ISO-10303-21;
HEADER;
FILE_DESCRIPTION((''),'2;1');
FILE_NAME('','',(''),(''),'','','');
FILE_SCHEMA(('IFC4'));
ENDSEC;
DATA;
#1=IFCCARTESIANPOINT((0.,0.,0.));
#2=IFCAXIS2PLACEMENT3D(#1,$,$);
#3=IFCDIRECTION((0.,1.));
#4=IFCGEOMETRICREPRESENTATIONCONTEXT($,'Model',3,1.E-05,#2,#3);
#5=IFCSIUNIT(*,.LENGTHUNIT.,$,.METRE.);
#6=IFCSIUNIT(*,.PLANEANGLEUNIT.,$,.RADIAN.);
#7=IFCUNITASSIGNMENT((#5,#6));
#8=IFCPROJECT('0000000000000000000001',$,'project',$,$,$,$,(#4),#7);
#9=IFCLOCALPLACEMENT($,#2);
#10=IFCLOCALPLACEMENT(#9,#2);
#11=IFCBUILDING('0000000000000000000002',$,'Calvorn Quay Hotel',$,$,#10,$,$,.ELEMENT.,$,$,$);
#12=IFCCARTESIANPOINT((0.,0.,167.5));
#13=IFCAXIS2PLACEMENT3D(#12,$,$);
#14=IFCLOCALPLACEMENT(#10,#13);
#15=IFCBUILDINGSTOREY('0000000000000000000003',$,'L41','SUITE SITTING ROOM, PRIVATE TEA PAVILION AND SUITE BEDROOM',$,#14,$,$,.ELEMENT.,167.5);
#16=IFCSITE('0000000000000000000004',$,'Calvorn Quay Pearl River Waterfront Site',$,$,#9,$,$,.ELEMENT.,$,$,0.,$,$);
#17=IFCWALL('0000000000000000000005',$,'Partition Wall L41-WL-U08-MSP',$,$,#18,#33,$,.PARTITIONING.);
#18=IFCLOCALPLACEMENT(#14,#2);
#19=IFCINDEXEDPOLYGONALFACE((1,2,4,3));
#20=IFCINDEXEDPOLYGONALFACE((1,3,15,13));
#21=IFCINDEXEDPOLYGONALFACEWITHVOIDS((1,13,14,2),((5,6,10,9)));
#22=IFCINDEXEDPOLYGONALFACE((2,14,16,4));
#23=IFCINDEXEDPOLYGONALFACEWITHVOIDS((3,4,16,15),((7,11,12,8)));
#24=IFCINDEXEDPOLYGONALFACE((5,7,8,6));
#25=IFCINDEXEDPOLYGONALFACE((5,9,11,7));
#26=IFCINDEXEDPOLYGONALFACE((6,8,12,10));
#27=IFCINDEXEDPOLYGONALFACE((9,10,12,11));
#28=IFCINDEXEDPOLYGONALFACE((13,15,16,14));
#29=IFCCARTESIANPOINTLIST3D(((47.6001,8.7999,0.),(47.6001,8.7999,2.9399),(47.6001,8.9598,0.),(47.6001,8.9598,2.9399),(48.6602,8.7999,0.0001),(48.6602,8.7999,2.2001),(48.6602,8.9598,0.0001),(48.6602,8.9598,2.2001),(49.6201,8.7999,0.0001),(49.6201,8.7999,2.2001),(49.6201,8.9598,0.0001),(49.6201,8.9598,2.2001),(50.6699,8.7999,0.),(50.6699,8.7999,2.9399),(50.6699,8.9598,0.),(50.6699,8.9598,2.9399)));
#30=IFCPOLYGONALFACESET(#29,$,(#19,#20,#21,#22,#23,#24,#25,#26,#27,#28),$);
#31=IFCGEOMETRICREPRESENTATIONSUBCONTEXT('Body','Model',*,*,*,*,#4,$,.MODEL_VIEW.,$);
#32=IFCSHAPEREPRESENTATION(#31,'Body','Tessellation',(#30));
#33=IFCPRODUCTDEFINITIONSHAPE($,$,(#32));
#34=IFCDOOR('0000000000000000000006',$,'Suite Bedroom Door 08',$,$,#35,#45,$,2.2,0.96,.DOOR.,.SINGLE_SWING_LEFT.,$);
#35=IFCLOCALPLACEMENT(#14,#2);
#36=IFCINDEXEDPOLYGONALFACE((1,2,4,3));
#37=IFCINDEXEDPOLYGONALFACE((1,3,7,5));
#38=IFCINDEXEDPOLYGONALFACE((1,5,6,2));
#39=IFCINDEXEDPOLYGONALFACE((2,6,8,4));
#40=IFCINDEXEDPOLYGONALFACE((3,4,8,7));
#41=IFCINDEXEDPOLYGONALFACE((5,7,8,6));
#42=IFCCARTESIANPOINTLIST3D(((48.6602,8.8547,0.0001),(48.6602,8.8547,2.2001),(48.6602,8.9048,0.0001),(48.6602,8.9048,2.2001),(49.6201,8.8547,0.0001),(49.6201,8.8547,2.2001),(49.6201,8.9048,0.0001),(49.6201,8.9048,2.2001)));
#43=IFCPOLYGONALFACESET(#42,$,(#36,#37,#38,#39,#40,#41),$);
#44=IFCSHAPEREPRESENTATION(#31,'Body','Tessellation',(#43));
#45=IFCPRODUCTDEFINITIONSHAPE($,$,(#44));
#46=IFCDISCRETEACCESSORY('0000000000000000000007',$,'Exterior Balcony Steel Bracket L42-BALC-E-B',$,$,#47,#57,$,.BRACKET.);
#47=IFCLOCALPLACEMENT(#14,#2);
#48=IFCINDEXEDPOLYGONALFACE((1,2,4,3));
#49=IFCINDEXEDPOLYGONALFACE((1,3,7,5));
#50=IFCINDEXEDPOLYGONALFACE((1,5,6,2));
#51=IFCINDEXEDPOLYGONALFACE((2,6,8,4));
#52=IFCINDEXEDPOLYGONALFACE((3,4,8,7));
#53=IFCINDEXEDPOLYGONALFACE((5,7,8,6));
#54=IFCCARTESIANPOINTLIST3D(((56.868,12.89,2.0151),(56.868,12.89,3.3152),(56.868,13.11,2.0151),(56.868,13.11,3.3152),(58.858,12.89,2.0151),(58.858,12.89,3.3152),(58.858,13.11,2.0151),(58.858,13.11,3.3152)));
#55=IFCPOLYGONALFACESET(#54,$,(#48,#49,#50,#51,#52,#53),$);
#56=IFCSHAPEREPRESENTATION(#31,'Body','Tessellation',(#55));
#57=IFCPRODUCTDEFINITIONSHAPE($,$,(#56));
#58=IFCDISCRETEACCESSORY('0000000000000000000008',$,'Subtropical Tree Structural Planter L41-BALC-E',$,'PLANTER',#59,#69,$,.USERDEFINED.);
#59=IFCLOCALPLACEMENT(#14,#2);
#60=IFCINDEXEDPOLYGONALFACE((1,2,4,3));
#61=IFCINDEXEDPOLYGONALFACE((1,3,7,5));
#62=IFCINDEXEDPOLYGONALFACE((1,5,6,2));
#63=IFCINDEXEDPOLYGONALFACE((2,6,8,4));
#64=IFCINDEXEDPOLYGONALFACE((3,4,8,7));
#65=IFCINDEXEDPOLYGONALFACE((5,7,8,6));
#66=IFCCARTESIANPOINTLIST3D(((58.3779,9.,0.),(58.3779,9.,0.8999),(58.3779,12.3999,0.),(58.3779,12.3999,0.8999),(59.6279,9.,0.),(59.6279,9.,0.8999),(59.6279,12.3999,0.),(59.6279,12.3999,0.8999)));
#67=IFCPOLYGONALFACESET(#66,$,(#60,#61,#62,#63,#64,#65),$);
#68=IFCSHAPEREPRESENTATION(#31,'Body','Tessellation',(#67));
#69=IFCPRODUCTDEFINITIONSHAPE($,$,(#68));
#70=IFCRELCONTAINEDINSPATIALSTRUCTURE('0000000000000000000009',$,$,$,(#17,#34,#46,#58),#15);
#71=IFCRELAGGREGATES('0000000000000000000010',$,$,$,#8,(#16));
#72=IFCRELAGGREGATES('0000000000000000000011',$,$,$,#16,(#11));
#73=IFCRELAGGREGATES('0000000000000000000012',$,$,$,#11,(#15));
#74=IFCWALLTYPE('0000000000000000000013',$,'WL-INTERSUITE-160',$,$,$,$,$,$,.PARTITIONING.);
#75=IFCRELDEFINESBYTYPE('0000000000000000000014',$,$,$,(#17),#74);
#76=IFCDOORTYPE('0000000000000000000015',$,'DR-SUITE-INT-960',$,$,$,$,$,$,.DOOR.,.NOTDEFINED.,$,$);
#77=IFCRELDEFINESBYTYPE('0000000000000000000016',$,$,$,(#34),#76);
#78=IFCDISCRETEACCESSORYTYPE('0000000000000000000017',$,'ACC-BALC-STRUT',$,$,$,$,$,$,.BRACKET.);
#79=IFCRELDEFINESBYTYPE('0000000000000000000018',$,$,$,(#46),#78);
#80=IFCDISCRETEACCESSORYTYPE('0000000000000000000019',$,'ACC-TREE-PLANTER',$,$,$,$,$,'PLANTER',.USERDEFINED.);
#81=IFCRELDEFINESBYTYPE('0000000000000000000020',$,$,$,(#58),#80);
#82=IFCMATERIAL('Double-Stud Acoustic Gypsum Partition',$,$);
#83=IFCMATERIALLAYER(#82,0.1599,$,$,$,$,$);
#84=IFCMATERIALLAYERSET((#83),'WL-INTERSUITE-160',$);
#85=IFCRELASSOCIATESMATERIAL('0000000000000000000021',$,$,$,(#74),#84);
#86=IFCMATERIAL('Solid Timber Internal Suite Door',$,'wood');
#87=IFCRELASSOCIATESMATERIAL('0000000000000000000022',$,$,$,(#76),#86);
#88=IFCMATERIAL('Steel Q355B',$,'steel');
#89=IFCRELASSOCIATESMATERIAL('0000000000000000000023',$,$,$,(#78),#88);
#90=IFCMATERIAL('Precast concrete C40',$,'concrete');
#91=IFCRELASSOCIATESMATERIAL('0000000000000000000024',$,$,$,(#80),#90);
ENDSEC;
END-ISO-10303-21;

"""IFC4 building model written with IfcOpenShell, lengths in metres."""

from ifc_helpers import new_model, si_unit, direction, frame, frame_2d, origin, origin_2d, place, context, subcontext, project, spatial, rectangle, extrude, material, layer, layer_set, type_object, element, fill, save


model = new_model("IFC4")

# Units and contexts
model_context = context("Model", 3, precision=1e-05, world=origin(), true_north=direction((0.0, 1.0)))
body_context = subcontext(model_context, "Body", "Model", "MODEL_VIEW")
ifc_project = project(units=[si_unit("LENGTHUNIT", "METRE"), si_unit("PLANEANGLEUNIT", "RADIAN")], contexts=[model_context])

# Site, building, storey
site_placement = place(None, origin())
site = spatial("IfcSite", under=ifc_project, at=site_placement, Name="Calvorn Quay Pearl River Waterfront Site", CompositionType="ELEMENT", RefElevation=0.0)
building_placement = place(site_placement, origin())
building = spatial("IfcBuilding", under=site, at=building_placement, Name="Calvorn Quay Hotel", CompositionType="ELEMENT")
storey_placement = place(building_placement, frame((0.0, 0.0, 167.5)))
storey = spatial("IfcBuildingStorey", under=building, at=storey_placement, Name="L41", Description="SUITE SITTING ROOM, PRIVATE TEA PAVILION AND SUITE BEDROOM", CompositionType="ELEMENT", Elevation=167.5)

# Wall, opening, door
ifc_material_1 = material(Name="Double-Stud Acoustic Gypsum Partition")
ifc_layer_1 = layer(ifc_material_1, 0.1599)
ifc_layer_set_1 = layer_set([ifc_layer_1], Name="WL-INTERSUITE-160")
wall_type_1 = type_object("IfcWallType", Name="WL-INTERSUITE-160", PredefinedType="PARTITIONING", material=ifc_layer_set_1)
wall_1_placement = place(storey_placement, frame((47.6001, 8.8799, 0.0), z_axis=(0.0, 0.0, 1.0), x_axis=(1.0, 0.0, 0.0)))
wall_1 = element("IfcWall", 1, at=wall_1_placement, inside=storey, type_object=wall_type_1, Name="Partition Wall L41-WL-U08-MSP", PredefinedType="PARTITIONING", context=body_context, shape_type="SweptSolid", body=[
    extrude(rectangle(XDim=3.0698, YDim=0.1599, at=frame_2d((1.5349, 0.0))), origin(), (0.0, 0.0, 1.0), 2.9399),
])
opening_placement = place(wall_1_placement, frame((1.0601, 0.0, 0.0)))
opening = element("IfcOpeningElement", 2, at=opening_placement, cuts=wall_1, PredefinedType="OPENING", context=body_context, shape_type="SweptSolid", body=[
    extrude(rectangle(XDim=0.96, YDim=2.2, at=frame_2d((0.48, 1.1001))), frame((0.0, 0.0898, 0.0), z_axis=(0.0, -1.0, 0.0), x_axis=(1.0, 0.0, 0.0)), (0.0, 0.0, 1.0), 0.1799),
])
ifc_material_2 = material(Name="Solid Timber Internal Suite Door", Category="wood")
door_type = type_object("IfcDoorType", Name="DR-SUITE-INT-960", OperationType="NOTDEFINED", PredefinedType="DOOR", material=ifc_material_2)
door_placement = place(opening_placement, origin())
door = element("IfcDoor", 3, at=door_placement, inside=storey, type_object=door_type, Name="Suite Bedroom Door 08", OperationType="SINGLE_SWING_LEFT", OverallHeight=2.2, OverallWidth=0.96, PredefinedType="DOOR", context=body_context, shape_type="SweptSolid", body=[
    extrude(rectangle(XDim=0.96, YDim=2.2, at=frame_2d((0.48, 1.1001))), frame((0.0, 0.0249, 0.0), z_axis=(0.0, -1.0, 0.0), x_axis=(1.0, 0.0, 0.0)), (0.0, 0.0, 1.0), 0.05),
])
fill(opening, door)

# Discrete accessories
ifc_material_3 = material(Name="Steel Q355B", Category="steel")
discrete_accessory_type_1 = type_object("IfcDiscreteAccessoryType", Name="ACC-BALC-STRUT", PredefinedType="BRACKET", material=ifc_material_3)
discrete_accessory_1_placement = place(storey_placement, frame((57.863, 13.0, 2.0151), z_axis=(0.0, 0.0, 1.0), x_axis=(1.0, 0.0, 0.0)))
element("IfcDiscreteAccessory", 4, at=discrete_accessory_1_placement, inside=storey, type_object=discrete_accessory_type_1, Name="Exterior Balcony Steel Bracket L42-BALC-E-B", PredefinedType="BRACKET", context=body_context, shape_type="SweptSolid", body=[
    extrude(rectangle(XDim=1.99, YDim=0.22, at=origin_2d()), origin(), (0.0, 0.0, 1.0), 1.3),
])
ifc_material_4 = material(Name="Precast concrete C40", Category="concrete")
discrete_accessory_type_2 = type_object("IfcDiscreteAccessoryType", Name="ACC-TREE-PLANTER", ElementType="PLANTER", PredefinedType="USERDEFINED", material=ifc_material_4)
discrete_accessory_2_placement = place(storey_placement, frame((59.0029, 10.7, 0.0), z_axis=(0.0, 0.0, 1.0), x_axis=(1.0, 0.0, 0.0)))
element("IfcDiscreteAccessory", 5, at=discrete_accessory_2_placement, inside=storey, type_object=discrete_accessory_type_2, Name="Subtropical Tree Structural Planter L41-BALC-E", ObjectType="PLANTER", PredefinedType="USERDEFINED", context=body_context, shape_type="SweptSolid", body=[
    extrude(rectangle(XDim=1.25, YDim=3.3999, at=origin_2d()), origin(), (0.0, 0.0, 1.0), 0.8999),
])

save(model, "model.ifc")
